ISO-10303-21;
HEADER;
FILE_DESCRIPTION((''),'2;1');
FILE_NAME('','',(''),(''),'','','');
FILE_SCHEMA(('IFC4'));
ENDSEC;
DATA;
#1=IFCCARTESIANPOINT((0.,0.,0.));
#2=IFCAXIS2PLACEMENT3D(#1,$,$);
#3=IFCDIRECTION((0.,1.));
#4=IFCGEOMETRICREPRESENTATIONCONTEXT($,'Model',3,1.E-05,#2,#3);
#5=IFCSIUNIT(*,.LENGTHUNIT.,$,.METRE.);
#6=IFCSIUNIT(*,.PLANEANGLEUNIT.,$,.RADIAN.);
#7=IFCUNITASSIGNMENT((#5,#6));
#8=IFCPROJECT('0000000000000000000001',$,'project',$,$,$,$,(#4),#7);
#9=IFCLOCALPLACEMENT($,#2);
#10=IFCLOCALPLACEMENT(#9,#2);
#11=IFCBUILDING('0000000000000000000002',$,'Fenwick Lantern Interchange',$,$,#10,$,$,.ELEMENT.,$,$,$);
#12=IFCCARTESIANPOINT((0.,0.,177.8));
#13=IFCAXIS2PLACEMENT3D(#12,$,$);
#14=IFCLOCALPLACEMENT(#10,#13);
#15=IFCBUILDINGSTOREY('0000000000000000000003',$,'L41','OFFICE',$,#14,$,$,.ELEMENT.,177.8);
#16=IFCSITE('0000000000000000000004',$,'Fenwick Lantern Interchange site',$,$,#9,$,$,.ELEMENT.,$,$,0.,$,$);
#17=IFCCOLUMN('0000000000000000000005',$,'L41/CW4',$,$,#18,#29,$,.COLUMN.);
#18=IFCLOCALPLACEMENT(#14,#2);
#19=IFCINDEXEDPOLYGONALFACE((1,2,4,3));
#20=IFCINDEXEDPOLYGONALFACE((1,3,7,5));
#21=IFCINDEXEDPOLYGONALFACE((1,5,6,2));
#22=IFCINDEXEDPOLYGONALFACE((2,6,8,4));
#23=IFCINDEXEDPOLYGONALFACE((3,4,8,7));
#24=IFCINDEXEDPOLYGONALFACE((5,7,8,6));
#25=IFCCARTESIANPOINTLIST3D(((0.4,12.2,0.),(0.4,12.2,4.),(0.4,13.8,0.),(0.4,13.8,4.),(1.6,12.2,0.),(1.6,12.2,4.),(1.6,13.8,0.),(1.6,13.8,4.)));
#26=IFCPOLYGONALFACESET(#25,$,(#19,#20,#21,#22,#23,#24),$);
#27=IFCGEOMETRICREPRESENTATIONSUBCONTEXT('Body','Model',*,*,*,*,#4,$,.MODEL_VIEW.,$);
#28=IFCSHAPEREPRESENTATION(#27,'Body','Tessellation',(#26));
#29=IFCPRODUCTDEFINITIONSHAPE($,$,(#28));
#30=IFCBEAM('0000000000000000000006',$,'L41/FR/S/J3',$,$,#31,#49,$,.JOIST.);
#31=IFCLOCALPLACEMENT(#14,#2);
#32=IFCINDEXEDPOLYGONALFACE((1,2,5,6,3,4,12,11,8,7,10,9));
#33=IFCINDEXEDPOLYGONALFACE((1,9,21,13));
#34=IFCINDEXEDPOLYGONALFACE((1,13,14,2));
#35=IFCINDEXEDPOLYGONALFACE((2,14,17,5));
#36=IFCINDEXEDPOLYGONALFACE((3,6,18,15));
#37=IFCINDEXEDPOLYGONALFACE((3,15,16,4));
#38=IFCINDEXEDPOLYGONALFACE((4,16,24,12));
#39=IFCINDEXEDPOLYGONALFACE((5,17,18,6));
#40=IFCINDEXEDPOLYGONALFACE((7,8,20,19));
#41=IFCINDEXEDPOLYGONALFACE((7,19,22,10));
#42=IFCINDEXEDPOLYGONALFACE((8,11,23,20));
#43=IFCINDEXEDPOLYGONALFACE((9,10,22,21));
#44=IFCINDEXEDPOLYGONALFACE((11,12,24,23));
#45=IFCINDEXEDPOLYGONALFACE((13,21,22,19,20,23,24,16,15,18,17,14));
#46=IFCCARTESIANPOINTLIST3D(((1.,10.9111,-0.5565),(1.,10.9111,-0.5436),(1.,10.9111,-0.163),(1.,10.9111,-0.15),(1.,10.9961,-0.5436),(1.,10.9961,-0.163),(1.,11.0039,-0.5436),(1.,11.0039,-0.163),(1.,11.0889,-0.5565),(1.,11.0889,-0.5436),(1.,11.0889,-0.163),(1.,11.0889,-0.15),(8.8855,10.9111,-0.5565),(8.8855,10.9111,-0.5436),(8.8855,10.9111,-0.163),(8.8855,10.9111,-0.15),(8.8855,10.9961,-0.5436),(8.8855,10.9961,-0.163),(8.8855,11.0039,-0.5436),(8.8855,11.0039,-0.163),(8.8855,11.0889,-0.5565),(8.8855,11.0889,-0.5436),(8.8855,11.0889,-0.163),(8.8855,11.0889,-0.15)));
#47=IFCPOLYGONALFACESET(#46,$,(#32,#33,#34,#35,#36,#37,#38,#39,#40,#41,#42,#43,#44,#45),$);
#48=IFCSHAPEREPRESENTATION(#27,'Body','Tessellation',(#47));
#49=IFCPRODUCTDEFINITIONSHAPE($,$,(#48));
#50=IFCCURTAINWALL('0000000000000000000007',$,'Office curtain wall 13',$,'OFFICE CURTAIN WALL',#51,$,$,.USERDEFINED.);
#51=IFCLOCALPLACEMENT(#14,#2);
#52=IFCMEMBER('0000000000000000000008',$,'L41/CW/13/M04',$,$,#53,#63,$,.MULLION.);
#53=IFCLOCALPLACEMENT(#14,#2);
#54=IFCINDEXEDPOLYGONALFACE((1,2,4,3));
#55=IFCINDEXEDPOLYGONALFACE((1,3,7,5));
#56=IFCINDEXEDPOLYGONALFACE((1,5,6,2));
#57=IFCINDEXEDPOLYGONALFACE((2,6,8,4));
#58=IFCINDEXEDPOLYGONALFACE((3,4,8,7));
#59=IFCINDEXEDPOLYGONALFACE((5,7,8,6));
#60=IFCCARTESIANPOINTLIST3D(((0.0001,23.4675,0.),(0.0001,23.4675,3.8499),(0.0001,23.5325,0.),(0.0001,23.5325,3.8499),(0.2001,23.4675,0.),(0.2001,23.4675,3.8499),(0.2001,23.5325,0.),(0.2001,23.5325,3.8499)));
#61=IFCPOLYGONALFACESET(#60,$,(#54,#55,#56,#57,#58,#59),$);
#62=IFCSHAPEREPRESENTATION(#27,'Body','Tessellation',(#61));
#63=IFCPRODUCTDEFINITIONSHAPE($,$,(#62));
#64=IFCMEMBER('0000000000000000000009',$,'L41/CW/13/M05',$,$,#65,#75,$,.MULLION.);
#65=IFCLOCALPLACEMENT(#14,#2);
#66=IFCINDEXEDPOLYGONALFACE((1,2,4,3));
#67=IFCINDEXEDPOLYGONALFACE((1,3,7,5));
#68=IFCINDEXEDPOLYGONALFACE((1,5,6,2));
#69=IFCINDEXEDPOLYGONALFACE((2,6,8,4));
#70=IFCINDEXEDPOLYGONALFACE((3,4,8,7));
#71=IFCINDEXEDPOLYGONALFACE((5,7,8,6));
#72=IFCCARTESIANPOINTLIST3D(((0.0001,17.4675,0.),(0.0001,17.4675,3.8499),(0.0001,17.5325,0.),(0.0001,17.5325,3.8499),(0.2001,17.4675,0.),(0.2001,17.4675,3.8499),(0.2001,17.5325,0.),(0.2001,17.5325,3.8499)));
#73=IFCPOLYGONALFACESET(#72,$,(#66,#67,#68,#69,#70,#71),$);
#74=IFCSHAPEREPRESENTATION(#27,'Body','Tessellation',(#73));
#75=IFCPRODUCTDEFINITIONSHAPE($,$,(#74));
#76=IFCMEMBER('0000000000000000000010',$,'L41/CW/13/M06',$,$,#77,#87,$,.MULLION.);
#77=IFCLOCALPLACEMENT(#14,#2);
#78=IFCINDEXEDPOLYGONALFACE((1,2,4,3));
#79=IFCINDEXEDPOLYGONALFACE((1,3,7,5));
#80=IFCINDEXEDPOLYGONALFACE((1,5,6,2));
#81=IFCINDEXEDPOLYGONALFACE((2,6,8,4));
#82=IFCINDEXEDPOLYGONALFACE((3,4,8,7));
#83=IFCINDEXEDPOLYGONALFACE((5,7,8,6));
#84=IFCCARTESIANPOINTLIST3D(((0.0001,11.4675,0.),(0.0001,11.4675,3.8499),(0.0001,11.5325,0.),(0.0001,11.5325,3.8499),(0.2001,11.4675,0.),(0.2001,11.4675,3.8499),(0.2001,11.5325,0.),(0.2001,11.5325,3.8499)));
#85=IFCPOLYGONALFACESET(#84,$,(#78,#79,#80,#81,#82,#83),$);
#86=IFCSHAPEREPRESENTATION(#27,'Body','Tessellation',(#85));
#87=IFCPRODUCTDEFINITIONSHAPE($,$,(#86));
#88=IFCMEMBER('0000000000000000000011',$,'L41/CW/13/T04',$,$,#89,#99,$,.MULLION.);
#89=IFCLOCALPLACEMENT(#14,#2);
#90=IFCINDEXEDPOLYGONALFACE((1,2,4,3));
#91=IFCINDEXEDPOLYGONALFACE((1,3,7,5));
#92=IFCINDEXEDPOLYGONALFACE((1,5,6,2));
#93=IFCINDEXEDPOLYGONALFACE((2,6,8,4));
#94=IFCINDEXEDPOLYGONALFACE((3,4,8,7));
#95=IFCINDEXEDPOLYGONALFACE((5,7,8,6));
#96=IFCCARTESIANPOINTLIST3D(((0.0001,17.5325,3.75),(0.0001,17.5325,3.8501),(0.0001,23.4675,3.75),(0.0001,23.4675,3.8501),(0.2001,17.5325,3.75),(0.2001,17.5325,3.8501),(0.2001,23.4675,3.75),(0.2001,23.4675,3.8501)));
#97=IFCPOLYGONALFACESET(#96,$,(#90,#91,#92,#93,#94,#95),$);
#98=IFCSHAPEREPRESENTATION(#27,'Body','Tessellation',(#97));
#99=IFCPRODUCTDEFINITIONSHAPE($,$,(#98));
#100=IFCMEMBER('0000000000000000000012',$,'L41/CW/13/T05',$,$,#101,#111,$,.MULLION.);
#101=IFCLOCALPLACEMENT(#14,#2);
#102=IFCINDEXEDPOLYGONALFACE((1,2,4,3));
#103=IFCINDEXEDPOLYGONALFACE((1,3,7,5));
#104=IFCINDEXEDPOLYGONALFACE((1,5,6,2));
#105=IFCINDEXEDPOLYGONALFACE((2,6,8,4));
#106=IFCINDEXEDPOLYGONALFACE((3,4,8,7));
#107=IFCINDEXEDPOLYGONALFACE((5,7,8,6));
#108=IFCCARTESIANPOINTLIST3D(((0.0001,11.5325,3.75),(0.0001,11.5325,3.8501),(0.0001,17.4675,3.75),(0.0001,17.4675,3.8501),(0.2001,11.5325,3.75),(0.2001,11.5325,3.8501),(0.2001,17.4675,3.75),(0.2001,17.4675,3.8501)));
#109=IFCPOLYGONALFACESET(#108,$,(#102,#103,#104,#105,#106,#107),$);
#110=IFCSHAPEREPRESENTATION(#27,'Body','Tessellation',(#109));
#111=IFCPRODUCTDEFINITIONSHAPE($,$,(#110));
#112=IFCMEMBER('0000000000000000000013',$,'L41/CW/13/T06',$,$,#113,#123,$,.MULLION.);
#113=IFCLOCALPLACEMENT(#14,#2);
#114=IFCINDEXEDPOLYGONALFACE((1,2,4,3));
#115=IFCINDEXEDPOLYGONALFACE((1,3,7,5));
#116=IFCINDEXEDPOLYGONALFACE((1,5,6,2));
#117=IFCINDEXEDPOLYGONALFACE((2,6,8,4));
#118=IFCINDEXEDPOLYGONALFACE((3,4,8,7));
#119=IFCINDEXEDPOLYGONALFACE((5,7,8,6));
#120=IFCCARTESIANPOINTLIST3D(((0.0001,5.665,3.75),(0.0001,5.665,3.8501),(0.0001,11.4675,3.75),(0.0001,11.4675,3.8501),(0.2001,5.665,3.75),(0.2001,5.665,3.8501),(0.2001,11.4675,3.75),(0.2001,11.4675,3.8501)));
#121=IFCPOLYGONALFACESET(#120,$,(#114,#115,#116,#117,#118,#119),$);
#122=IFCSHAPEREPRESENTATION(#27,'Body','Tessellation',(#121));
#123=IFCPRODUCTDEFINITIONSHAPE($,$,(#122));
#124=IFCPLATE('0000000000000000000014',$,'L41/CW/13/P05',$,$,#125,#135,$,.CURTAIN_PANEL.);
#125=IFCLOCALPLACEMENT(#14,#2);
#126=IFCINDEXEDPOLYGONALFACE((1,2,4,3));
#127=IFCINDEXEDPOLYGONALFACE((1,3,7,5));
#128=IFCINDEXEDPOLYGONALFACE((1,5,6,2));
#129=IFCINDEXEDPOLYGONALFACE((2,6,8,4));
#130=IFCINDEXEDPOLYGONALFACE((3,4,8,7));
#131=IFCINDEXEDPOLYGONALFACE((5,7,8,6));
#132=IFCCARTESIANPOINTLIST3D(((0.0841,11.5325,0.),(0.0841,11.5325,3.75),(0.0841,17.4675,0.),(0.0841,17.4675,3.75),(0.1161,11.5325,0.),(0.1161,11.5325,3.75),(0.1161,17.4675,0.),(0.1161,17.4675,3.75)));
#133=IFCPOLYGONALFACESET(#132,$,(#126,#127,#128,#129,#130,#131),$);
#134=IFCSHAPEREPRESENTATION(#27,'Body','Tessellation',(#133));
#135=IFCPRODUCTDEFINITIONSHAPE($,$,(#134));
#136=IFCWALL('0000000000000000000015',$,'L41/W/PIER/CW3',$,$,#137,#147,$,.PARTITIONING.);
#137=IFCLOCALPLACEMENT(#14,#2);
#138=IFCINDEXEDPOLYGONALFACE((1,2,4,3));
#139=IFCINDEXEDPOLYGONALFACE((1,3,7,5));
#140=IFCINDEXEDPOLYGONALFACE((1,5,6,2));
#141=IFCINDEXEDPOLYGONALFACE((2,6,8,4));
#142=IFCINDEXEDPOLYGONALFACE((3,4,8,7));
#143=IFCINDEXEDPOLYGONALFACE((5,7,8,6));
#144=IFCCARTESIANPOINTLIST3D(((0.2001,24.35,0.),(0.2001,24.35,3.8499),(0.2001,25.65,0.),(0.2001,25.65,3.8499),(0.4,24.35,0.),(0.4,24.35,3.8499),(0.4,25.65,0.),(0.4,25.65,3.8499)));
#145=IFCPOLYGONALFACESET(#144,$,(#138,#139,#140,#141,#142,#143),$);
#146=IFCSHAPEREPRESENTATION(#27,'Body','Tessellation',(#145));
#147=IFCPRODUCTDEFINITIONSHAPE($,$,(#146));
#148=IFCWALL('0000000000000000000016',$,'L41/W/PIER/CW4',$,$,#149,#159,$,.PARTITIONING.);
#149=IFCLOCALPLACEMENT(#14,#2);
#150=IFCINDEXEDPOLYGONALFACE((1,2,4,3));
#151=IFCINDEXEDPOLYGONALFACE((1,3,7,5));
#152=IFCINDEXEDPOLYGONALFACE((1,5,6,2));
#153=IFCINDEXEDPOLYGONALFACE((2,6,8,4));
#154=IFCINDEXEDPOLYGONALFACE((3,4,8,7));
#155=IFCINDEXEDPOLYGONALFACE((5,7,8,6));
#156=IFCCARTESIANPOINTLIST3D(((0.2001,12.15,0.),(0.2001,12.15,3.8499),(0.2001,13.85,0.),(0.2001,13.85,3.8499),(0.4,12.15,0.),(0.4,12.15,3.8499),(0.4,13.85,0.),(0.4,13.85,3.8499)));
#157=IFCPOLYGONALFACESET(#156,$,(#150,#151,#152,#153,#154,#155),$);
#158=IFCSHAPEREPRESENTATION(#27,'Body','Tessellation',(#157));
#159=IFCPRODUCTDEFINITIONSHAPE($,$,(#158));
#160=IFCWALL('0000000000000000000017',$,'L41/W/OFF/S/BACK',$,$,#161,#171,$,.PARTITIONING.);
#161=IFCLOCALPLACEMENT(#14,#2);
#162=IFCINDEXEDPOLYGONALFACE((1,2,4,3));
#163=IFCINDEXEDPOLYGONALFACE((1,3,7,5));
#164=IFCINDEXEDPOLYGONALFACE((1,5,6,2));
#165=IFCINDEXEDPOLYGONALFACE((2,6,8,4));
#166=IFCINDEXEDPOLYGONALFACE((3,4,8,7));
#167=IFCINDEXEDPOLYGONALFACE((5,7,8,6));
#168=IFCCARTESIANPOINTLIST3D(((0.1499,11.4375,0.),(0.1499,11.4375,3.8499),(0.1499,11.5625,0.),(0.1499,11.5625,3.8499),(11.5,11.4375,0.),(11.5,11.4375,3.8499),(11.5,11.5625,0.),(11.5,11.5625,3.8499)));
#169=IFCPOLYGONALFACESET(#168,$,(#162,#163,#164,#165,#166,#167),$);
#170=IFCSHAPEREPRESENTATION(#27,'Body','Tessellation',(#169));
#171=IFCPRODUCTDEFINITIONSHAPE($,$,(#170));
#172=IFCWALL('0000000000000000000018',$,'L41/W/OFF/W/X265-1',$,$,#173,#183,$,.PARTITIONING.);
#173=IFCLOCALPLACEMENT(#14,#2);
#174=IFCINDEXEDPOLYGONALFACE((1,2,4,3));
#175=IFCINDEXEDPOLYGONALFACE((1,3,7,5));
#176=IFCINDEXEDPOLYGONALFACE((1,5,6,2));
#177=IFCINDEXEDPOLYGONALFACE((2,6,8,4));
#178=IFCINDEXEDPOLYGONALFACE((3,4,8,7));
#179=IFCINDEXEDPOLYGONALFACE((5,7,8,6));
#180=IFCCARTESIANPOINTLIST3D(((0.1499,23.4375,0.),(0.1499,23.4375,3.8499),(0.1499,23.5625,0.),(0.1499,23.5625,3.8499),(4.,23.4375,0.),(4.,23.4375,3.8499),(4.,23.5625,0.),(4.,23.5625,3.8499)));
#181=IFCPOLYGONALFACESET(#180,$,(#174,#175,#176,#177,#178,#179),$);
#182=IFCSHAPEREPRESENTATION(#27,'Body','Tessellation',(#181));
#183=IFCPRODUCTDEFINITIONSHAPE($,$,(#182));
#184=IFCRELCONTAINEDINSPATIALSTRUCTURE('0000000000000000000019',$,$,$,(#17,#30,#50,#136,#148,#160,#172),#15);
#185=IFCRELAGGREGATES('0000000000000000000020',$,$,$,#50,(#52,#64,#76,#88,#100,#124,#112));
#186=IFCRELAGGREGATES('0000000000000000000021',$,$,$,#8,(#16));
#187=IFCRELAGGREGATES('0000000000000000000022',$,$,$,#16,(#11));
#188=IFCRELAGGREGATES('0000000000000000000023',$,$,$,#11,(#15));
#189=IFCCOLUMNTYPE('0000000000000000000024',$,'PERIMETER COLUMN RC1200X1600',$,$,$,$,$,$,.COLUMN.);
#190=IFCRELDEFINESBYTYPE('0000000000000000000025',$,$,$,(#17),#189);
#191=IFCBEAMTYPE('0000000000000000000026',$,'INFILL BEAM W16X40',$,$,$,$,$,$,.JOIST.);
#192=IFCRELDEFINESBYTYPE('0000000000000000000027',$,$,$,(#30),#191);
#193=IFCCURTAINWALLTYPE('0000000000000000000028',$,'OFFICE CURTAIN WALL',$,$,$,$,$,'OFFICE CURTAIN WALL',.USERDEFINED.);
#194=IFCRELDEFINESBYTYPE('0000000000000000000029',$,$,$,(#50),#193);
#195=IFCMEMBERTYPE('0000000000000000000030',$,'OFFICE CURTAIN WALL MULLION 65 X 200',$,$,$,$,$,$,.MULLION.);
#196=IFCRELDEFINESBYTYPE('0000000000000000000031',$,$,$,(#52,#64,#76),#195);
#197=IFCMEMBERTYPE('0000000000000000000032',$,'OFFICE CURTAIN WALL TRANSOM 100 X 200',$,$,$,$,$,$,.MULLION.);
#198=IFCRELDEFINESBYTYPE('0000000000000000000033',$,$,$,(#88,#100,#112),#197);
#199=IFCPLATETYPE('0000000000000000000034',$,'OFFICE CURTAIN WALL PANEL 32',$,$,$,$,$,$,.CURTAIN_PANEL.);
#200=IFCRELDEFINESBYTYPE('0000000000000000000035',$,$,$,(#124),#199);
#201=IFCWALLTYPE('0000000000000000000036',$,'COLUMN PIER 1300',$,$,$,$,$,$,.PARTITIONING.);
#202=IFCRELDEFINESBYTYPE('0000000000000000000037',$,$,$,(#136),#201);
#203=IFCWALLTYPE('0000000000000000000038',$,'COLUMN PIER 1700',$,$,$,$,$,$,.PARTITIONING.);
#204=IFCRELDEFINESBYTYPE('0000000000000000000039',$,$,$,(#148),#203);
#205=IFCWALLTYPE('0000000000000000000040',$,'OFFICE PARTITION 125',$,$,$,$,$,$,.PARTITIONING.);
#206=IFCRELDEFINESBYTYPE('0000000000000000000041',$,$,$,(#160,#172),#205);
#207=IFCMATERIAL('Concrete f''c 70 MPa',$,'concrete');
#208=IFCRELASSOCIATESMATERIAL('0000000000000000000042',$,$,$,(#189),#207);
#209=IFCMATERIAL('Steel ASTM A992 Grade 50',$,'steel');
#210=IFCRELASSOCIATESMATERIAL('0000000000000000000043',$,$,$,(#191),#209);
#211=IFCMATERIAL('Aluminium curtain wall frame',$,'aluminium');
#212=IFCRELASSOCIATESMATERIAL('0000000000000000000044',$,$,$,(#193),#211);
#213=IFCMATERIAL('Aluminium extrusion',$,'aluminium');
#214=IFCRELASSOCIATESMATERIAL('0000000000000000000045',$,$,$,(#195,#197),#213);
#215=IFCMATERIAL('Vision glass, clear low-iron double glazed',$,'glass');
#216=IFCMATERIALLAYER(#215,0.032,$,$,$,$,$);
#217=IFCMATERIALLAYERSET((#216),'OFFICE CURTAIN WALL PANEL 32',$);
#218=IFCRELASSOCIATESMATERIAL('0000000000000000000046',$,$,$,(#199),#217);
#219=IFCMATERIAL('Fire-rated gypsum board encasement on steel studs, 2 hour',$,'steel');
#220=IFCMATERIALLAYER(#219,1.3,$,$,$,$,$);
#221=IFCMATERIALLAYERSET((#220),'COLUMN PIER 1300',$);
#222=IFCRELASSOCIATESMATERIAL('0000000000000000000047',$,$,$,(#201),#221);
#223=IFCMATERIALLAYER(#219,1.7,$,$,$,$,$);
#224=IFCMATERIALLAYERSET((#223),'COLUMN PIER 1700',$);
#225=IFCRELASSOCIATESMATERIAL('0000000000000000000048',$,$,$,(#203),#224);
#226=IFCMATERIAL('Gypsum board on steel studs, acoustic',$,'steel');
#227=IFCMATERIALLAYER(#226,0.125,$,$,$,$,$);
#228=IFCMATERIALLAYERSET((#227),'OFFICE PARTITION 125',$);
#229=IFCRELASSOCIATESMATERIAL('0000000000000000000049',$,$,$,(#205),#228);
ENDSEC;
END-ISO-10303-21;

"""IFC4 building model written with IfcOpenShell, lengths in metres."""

from ifc_helpers import new_model, si_unit, direction, frame, frame_2d, origin, origin_2d, place, context, subcontext, project, spatial, rectangle, i_section, extrude, material, layer, layer_set, material_profile, profile_set, type_object, element, aggregate, save


model = new_model("IFC4")

# Units and contexts
model_context = context("Model", 3, precision=1e-05, world=origin(), true_north=direction((0.0, 1.0)))
body_context = subcontext(model_context, "Body", "Model", "MODEL_VIEW")
ifc_project = project(units=[si_unit("LENGTHUNIT", "METRE"), si_unit("PLANEANGLEUNIT", "RADIAN")], contexts=[model_context])

# Site, building, storey
site_placement = place(None, origin())
site = spatial("IfcSite", under=ifc_project, at=site_placement, Name="Fenwick Lantern Interchange site", CompositionType="ELEMENT", RefElevation=0.0)
building_placement = place(site_placement, origin())
building = spatial("IfcBuilding", under=site, at=building_placement, Name="Fenwick Lantern Interchange", CompositionType="ELEMENT")
storey_placement = place(building_placement, frame((0.0, 0.0, 177.8)))
storey = spatial("IfcBuildingStorey", under=building, at=storey_placement, Name="L41", Description="OFFICE", CompositionType="ELEMENT", Elevation=177.8)

# Column
ifc_material_1 = material(Name="Concrete f'c 70 MPa", Category="concrete")
ifc_material_profile_1 = material_profile(ifc_material_1, rectangle(XDim=1.2, YDim=1.6001, at=origin_2d()), Name="RC1200X1600")
ifc_profile_set_1 = profile_set([ifc_material_profile_1], Name="Concrete f'c 70 MPa")
column_type = type_object("IfcColumnType", Name="PERIMETER COLUMN RC1200X1600", PredefinedType="COLUMN", material=ifc_profile_set_1)
column_placement = place(storey_placement, frame((1.0, 13.0, 0.0), z_axis=(0.0, 0.0, 1.0), x_axis=(1.0, 0.0, 0.0)))
element("IfcColumn", 1, at=column_placement, inside=storey, type_object=column_type, Name="L41/CW4", PredefinedType="COLUMN", context=body_context, shape_type="SweptSolid", body=[
    extrude(rectangle(XDim=1.2, YDim=1.6001, at=origin_2d()), origin(), (0.0, 0.0, 1.0), 4.0),
])

# Beam
ifc_material_2 = material(Name="Steel ASTM A992 Grade 50", Category="steel")
ifc_material_profile_2 = material_profile(ifc_material_2, i_section(OverallWidth=0.1777, OverallDepth=0.4065, WebThickness=0.0078, FlangeThickness=0.0129, at=origin_2d()), Name="W16X40")
ifc_profile_set_2 = profile_set([ifc_material_profile_2], Name="Steel ASTM A992 Grade 50")
beam_type = type_object("IfcBeamType", Name="INFILL BEAM W16X40", PredefinedType="JOIST", material=ifc_profile_set_2)
beam_placement = place(storey_placement, frame((1.0, 11.0, -0.3533), z_axis=(1.0, 0.0, 0.0), x_axis=(0.0, 1.0, 0.0)))
element("IfcBeam", 2, at=beam_placement, inside=storey, type_object=beam_type, Name="L41/FR/S/J3", PredefinedType="JOIST", context=body_context, shape_type="SweptSolid", body=[
    extrude(i_section(OverallWidth=0.1777, OverallDepth=0.4065, WebThickness=0.0078, FlangeThickness=0.0129, at=origin_2d()), origin(), (0.0, 0.0, 1.0), 7.8855),
])

# Curtain wall, members, plate
ifc_material_3 = material(Name="Aluminium curtain wall frame", Category="aluminium")
curtain_wall_type = type_object("IfcCurtainWallType", Name="OFFICE CURTAIN WALL", ElementType="OFFICE CURTAIN WALL", PredefinedType="USERDEFINED", material=ifc_material_3)
curtain_wall_placement = place(storey_placement, origin())
curtain_wall = element("IfcCurtainWall", 3, at=curtain_wall_placement, inside=storey, type_object=curtain_wall_type, Name="Office curtain wall 13", ObjectType="OFFICE CURTAIN WALL", PredefinedType="USERDEFINED")
ifc_material_4 = material(Name="Aluminium extrusion", Category="aluminium")
ifc_material_profile_3 = material_profile(ifc_material_4, rectangle(XDim=0.2, YDim=0.0649, at=origin_2d()), Name="OFFICE CURTAIN WALL MULLION 65 X 200")
ifc_profile_set_3 = profile_set([ifc_material_profile_3], Name="Aluminium extrusion")
member_type_1 = type_object("IfcMemberType", Name="OFFICE CURTAIN WALL MULLION 65 X 200", PredefinedType="MULLION", material=ifc_profile_set_3)
member_1_placement = place(storey_placement, frame((0.1001, 23.5, 0.0), z_axis=(0.0, 0.0, 1.0), x_axis=(1.0, 0.0, 0.0)))
member_1 = element("IfcMember", 4, at=member_1_placement, type_object=member_type_1, Name="L41/CW/13/M04", PredefinedType="MULLION", context=body_context, shape_type="SweptSolid", body=[
    extrude(rectangle(XDim=0.2, YDim=0.0649, at=origin_2d()), origin(), (0.0, 0.0, 1.0), 3.8499),
])
member_2_placement = place(storey_placement, frame((0.1001, 17.5, 0.0), z_axis=(0.0, 0.0, 1.0), x_axis=(1.0, 0.0, 0.0)))
member_2 = element("IfcMember", 5, at=member_2_placement, type_object=member_type_1, Name="L41/CW/13/M05", PredefinedType="MULLION", context=body_context, shape_type="SweptSolid", body=[
    extrude(rectangle(XDim=0.2, YDim=0.0649, at=origin_2d()), origin(), (0.0, 0.0, 1.0), 3.8499),
])
member_3_placement = place(storey_placement, frame((0.1001, 11.5, 0.0), z_axis=(0.0, 0.0, 1.0), x_axis=(1.0, 0.0, 0.0)))
member_3 = element("IfcMember", 6, at=member_3_placement, type_object=member_type_1, Name="L41/CW/13/M06", PredefinedType="MULLION", context=body_context, shape_type="SweptSolid", body=[
    extrude(rectangle(XDim=0.2, YDim=0.0649, at=origin_2d()), origin(), (0.0, 0.0, 1.0), 3.8499),
])
ifc_material_profile_4 = material_profile(ifc_material_4, rectangle(XDim=0.2, YDim=0.1001, at=origin_2d()), Name="OFFICE CURTAIN WALL TRANSOM 100 X 200")
ifc_profile_set_4 = profile_set([ifc_material_profile_4], Name="Aluminium extrusion")
member_type_2 = type_object("IfcMemberType", Name="OFFICE CURTAIN WALL TRANSOM 100 X 200", PredefinedType="MULLION", material=ifc_profile_set_4)
member_4_placement = place(storey_placement, frame((0.1001, 23.4675, 3.8), z_axis=(0.0, -1.0, 0.0), x_axis=(1.0, 0.0, 0.0)))
member_4 = element("IfcMember", 7, at=member_4_placement, type_object=member_type_2, Name="L41/CW/13/T04", PredefinedType="MULLION", context=body_context, shape_type="SweptSolid", body=[
    extrude(rectangle(XDim=0.2, YDim=0.1001, at=origin_2d()), origin(), (0.0, 0.0, 1.0), 5.9351),
])
member_5_placement = place(storey_placement, frame((0.1001, 17.4675, 3.8), z_axis=(0.0, -1.0, 0.0), x_axis=(1.0, 0.0, 0.0)))
member_5 = element("IfcMember", 8, at=member_5_placement, type_object=member_type_2, Name="L41/CW/13/T05", PredefinedType="MULLION", context=body_context, shape_type="SweptSolid", body=[
    extrude(rectangle(XDim=0.2, YDim=0.1001, at=origin_2d()), origin(), (0.0, 0.0, 1.0), 5.9351),
])
member_6_placement = place(storey_placement, frame((0.1001, 11.4675, 3.8), z_axis=(0.0, -1.0, 0.0), x_axis=(1.0, 0.0, 0.0)))
member_6 = element("IfcMember", 9, at=member_6_placement, type_object=member_type_2, Name="L41/CW/13/T06", PredefinedType="MULLION", context=body_context, shape_type="SweptSolid", body=[
    extrude(rectangle(XDim=0.2, YDim=0.1001, at=origin_2d()), origin(), (0.0, 0.0, 1.0), 5.8025),
])
ifc_material_5 = material(Name="Vision glass, clear low-iron double glazed", Category="glass")
ifc_layer_1 = layer(ifc_material_5, 0.032)
ifc_layer_set_1 = layer_set([ifc_layer_1], Name="OFFICE CURTAIN WALL PANEL 32")
plate_type = type_object("IfcPlateType", Name="OFFICE CURTAIN WALL PANEL 32", PredefinedType="CURTAIN_PANEL", material=ifc_layer_set_1)
plate_placement = place(storey_placement, frame((0.1001, 14.5, 0.0), z_axis=(0.0, 0.0, 1.0), x_axis=(0.0, -1.0, 0.0)))
plate = element("IfcPlate", 10, at=plate_placement, type_object=plate_type, Name="L41/CW/13/P05", PredefinedType="CURTAIN_PANEL", context=body_context, shape_type="SweptSolid", body=[
    extrude(rectangle(XDim=5.9351, YDim=0.032, at=origin_2d()), origin(), (0.0, 0.0, 1.0), 3.75),
])
aggregate(curtain_wall, [member_1, member_2, member_3, member_4, member_5, plate, member_6])

# Walls
ifc_material_6 = material(Name="Fire-rated gypsum board encasement on steel studs, 2 hour", Category="steel")
ifc_layer_2 = layer(ifc_material_6, 1.3)
ifc_layer_set_2 = layer_set([ifc_layer_2], Name="COLUMN PIER 1300")
wall_type_1 = type_object("IfcWallType", Name="COLUMN PIER 1300", PredefinedType="PARTITIONING", material=ifc_layer_set_2)
wall_1_placement = place(storey_placement, frame((0.2, 25.0, 0.0), z_axis=(0.0, 0.0, 1.0), x_axis=(1.0, 0.0, 0.0)))
element("IfcWall", 11, at=wall_1_placement, inside=storey, type_object=wall_type_1, Name="L41/W/PIER/CW3", PredefinedType="PARTITIONING", context=body_context, shape_type="SweptSolid", body=[
    extrude(rectangle(XDim=0.2, YDim=1.3, at=frame_2d((0.1001, 0.0))), origin(), (0.0, 0.0, 1.0), 3.8499),
])
ifc_layer_3 = layer(ifc_material_6, 1.7)
ifc_layer_set_3 = layer_set([ifc_layer_3], Name="COLUMN PIER 1700")
wall_type_2 = type_object("IfcWallType", Name="COLUMN PIER 1700", PredefinedType="PARTITIONING", material=ifc_layer_set_3)
wall_2_placement = place(storey_placement, frame((0.2, 13.0, 0.0), z_axis=(0.0, 0.0, 1.0), x_axis=(1.0, 0.0, 0.0)))
element("IfcWall", 12, at=wall_2_placement, inside=storey, type_object=wall_type_2, Name="L41/W/PIER/CW4", PredefinedType="PARTITIONING", context=body_context, shape_type="SweptSolid", body=[
    extrude(rectangle(XDim=0.2, YDim=1.7, at=frame_2d((0.1001, 0.0))), origin(), (0.0, 0.0, 1.0), 3.8499),
])
ifc_material_7 = material(Name="Gypsum board on steel studs, acoustic", Category="steel")
ifc_layer_4 = layer(ifc_material_7, 0.125)
ifc_layer_set_4 = layer_set([ifc_layer_4], Name="OFFICE PARTITION 125")
wall_type_3 = type_object("IfcWallType", Name="OFFICE PARTITION 125", PredefinedType="PARTITIONING", material=ifc_layer_set_4)
wall_3_placement = place(storey_placement, frame((0.1499, 11.5, 0.0), z_axis=(0.0, 0.0, 1.0), x_axis=(1.0, 0.0, 0.0)))
element("IfcWall", 13, at=wall_3_placement, inside=storey, type_object=wall_type_3, Name="L41/W/OFF/S/BACK", PredefinedType="PARTITIONING", context=body_context, shape_type="SweptSolid", body=[
    extrude(rectangle(XDim=11.3501, YDim=0.125, at=frame_2d((5.675, 0.0))), origin(), (0.0, 0.0, 1.0), 3.8499),
])
for number, where, z_axis, x_axis, name in (
    (14, (0.1499, 23.5, 0.0), (0.0, 0.0, 1.0), (1.0, 0.0, 0.0), "L41/W/OFF/W/X265-1"),
):
    element("IfcWall", number, at=place(storey_placement, frame(where, z_axis=z_axis, x_axis=x_axis)), inside=storey, type_object=wall_type_3, Name=name, PredefinedType="PARTITIONING", context=body_context, shape_type="SweptSolid", body=[
        extrude(rectangle(XDim=3.8501, YDim=0.125, at=frame_2d((1.925, 0.0))), origin(), (0.0, 0.0, 1.0), 3.8499),
    ])

save(model, "model.ifc")
